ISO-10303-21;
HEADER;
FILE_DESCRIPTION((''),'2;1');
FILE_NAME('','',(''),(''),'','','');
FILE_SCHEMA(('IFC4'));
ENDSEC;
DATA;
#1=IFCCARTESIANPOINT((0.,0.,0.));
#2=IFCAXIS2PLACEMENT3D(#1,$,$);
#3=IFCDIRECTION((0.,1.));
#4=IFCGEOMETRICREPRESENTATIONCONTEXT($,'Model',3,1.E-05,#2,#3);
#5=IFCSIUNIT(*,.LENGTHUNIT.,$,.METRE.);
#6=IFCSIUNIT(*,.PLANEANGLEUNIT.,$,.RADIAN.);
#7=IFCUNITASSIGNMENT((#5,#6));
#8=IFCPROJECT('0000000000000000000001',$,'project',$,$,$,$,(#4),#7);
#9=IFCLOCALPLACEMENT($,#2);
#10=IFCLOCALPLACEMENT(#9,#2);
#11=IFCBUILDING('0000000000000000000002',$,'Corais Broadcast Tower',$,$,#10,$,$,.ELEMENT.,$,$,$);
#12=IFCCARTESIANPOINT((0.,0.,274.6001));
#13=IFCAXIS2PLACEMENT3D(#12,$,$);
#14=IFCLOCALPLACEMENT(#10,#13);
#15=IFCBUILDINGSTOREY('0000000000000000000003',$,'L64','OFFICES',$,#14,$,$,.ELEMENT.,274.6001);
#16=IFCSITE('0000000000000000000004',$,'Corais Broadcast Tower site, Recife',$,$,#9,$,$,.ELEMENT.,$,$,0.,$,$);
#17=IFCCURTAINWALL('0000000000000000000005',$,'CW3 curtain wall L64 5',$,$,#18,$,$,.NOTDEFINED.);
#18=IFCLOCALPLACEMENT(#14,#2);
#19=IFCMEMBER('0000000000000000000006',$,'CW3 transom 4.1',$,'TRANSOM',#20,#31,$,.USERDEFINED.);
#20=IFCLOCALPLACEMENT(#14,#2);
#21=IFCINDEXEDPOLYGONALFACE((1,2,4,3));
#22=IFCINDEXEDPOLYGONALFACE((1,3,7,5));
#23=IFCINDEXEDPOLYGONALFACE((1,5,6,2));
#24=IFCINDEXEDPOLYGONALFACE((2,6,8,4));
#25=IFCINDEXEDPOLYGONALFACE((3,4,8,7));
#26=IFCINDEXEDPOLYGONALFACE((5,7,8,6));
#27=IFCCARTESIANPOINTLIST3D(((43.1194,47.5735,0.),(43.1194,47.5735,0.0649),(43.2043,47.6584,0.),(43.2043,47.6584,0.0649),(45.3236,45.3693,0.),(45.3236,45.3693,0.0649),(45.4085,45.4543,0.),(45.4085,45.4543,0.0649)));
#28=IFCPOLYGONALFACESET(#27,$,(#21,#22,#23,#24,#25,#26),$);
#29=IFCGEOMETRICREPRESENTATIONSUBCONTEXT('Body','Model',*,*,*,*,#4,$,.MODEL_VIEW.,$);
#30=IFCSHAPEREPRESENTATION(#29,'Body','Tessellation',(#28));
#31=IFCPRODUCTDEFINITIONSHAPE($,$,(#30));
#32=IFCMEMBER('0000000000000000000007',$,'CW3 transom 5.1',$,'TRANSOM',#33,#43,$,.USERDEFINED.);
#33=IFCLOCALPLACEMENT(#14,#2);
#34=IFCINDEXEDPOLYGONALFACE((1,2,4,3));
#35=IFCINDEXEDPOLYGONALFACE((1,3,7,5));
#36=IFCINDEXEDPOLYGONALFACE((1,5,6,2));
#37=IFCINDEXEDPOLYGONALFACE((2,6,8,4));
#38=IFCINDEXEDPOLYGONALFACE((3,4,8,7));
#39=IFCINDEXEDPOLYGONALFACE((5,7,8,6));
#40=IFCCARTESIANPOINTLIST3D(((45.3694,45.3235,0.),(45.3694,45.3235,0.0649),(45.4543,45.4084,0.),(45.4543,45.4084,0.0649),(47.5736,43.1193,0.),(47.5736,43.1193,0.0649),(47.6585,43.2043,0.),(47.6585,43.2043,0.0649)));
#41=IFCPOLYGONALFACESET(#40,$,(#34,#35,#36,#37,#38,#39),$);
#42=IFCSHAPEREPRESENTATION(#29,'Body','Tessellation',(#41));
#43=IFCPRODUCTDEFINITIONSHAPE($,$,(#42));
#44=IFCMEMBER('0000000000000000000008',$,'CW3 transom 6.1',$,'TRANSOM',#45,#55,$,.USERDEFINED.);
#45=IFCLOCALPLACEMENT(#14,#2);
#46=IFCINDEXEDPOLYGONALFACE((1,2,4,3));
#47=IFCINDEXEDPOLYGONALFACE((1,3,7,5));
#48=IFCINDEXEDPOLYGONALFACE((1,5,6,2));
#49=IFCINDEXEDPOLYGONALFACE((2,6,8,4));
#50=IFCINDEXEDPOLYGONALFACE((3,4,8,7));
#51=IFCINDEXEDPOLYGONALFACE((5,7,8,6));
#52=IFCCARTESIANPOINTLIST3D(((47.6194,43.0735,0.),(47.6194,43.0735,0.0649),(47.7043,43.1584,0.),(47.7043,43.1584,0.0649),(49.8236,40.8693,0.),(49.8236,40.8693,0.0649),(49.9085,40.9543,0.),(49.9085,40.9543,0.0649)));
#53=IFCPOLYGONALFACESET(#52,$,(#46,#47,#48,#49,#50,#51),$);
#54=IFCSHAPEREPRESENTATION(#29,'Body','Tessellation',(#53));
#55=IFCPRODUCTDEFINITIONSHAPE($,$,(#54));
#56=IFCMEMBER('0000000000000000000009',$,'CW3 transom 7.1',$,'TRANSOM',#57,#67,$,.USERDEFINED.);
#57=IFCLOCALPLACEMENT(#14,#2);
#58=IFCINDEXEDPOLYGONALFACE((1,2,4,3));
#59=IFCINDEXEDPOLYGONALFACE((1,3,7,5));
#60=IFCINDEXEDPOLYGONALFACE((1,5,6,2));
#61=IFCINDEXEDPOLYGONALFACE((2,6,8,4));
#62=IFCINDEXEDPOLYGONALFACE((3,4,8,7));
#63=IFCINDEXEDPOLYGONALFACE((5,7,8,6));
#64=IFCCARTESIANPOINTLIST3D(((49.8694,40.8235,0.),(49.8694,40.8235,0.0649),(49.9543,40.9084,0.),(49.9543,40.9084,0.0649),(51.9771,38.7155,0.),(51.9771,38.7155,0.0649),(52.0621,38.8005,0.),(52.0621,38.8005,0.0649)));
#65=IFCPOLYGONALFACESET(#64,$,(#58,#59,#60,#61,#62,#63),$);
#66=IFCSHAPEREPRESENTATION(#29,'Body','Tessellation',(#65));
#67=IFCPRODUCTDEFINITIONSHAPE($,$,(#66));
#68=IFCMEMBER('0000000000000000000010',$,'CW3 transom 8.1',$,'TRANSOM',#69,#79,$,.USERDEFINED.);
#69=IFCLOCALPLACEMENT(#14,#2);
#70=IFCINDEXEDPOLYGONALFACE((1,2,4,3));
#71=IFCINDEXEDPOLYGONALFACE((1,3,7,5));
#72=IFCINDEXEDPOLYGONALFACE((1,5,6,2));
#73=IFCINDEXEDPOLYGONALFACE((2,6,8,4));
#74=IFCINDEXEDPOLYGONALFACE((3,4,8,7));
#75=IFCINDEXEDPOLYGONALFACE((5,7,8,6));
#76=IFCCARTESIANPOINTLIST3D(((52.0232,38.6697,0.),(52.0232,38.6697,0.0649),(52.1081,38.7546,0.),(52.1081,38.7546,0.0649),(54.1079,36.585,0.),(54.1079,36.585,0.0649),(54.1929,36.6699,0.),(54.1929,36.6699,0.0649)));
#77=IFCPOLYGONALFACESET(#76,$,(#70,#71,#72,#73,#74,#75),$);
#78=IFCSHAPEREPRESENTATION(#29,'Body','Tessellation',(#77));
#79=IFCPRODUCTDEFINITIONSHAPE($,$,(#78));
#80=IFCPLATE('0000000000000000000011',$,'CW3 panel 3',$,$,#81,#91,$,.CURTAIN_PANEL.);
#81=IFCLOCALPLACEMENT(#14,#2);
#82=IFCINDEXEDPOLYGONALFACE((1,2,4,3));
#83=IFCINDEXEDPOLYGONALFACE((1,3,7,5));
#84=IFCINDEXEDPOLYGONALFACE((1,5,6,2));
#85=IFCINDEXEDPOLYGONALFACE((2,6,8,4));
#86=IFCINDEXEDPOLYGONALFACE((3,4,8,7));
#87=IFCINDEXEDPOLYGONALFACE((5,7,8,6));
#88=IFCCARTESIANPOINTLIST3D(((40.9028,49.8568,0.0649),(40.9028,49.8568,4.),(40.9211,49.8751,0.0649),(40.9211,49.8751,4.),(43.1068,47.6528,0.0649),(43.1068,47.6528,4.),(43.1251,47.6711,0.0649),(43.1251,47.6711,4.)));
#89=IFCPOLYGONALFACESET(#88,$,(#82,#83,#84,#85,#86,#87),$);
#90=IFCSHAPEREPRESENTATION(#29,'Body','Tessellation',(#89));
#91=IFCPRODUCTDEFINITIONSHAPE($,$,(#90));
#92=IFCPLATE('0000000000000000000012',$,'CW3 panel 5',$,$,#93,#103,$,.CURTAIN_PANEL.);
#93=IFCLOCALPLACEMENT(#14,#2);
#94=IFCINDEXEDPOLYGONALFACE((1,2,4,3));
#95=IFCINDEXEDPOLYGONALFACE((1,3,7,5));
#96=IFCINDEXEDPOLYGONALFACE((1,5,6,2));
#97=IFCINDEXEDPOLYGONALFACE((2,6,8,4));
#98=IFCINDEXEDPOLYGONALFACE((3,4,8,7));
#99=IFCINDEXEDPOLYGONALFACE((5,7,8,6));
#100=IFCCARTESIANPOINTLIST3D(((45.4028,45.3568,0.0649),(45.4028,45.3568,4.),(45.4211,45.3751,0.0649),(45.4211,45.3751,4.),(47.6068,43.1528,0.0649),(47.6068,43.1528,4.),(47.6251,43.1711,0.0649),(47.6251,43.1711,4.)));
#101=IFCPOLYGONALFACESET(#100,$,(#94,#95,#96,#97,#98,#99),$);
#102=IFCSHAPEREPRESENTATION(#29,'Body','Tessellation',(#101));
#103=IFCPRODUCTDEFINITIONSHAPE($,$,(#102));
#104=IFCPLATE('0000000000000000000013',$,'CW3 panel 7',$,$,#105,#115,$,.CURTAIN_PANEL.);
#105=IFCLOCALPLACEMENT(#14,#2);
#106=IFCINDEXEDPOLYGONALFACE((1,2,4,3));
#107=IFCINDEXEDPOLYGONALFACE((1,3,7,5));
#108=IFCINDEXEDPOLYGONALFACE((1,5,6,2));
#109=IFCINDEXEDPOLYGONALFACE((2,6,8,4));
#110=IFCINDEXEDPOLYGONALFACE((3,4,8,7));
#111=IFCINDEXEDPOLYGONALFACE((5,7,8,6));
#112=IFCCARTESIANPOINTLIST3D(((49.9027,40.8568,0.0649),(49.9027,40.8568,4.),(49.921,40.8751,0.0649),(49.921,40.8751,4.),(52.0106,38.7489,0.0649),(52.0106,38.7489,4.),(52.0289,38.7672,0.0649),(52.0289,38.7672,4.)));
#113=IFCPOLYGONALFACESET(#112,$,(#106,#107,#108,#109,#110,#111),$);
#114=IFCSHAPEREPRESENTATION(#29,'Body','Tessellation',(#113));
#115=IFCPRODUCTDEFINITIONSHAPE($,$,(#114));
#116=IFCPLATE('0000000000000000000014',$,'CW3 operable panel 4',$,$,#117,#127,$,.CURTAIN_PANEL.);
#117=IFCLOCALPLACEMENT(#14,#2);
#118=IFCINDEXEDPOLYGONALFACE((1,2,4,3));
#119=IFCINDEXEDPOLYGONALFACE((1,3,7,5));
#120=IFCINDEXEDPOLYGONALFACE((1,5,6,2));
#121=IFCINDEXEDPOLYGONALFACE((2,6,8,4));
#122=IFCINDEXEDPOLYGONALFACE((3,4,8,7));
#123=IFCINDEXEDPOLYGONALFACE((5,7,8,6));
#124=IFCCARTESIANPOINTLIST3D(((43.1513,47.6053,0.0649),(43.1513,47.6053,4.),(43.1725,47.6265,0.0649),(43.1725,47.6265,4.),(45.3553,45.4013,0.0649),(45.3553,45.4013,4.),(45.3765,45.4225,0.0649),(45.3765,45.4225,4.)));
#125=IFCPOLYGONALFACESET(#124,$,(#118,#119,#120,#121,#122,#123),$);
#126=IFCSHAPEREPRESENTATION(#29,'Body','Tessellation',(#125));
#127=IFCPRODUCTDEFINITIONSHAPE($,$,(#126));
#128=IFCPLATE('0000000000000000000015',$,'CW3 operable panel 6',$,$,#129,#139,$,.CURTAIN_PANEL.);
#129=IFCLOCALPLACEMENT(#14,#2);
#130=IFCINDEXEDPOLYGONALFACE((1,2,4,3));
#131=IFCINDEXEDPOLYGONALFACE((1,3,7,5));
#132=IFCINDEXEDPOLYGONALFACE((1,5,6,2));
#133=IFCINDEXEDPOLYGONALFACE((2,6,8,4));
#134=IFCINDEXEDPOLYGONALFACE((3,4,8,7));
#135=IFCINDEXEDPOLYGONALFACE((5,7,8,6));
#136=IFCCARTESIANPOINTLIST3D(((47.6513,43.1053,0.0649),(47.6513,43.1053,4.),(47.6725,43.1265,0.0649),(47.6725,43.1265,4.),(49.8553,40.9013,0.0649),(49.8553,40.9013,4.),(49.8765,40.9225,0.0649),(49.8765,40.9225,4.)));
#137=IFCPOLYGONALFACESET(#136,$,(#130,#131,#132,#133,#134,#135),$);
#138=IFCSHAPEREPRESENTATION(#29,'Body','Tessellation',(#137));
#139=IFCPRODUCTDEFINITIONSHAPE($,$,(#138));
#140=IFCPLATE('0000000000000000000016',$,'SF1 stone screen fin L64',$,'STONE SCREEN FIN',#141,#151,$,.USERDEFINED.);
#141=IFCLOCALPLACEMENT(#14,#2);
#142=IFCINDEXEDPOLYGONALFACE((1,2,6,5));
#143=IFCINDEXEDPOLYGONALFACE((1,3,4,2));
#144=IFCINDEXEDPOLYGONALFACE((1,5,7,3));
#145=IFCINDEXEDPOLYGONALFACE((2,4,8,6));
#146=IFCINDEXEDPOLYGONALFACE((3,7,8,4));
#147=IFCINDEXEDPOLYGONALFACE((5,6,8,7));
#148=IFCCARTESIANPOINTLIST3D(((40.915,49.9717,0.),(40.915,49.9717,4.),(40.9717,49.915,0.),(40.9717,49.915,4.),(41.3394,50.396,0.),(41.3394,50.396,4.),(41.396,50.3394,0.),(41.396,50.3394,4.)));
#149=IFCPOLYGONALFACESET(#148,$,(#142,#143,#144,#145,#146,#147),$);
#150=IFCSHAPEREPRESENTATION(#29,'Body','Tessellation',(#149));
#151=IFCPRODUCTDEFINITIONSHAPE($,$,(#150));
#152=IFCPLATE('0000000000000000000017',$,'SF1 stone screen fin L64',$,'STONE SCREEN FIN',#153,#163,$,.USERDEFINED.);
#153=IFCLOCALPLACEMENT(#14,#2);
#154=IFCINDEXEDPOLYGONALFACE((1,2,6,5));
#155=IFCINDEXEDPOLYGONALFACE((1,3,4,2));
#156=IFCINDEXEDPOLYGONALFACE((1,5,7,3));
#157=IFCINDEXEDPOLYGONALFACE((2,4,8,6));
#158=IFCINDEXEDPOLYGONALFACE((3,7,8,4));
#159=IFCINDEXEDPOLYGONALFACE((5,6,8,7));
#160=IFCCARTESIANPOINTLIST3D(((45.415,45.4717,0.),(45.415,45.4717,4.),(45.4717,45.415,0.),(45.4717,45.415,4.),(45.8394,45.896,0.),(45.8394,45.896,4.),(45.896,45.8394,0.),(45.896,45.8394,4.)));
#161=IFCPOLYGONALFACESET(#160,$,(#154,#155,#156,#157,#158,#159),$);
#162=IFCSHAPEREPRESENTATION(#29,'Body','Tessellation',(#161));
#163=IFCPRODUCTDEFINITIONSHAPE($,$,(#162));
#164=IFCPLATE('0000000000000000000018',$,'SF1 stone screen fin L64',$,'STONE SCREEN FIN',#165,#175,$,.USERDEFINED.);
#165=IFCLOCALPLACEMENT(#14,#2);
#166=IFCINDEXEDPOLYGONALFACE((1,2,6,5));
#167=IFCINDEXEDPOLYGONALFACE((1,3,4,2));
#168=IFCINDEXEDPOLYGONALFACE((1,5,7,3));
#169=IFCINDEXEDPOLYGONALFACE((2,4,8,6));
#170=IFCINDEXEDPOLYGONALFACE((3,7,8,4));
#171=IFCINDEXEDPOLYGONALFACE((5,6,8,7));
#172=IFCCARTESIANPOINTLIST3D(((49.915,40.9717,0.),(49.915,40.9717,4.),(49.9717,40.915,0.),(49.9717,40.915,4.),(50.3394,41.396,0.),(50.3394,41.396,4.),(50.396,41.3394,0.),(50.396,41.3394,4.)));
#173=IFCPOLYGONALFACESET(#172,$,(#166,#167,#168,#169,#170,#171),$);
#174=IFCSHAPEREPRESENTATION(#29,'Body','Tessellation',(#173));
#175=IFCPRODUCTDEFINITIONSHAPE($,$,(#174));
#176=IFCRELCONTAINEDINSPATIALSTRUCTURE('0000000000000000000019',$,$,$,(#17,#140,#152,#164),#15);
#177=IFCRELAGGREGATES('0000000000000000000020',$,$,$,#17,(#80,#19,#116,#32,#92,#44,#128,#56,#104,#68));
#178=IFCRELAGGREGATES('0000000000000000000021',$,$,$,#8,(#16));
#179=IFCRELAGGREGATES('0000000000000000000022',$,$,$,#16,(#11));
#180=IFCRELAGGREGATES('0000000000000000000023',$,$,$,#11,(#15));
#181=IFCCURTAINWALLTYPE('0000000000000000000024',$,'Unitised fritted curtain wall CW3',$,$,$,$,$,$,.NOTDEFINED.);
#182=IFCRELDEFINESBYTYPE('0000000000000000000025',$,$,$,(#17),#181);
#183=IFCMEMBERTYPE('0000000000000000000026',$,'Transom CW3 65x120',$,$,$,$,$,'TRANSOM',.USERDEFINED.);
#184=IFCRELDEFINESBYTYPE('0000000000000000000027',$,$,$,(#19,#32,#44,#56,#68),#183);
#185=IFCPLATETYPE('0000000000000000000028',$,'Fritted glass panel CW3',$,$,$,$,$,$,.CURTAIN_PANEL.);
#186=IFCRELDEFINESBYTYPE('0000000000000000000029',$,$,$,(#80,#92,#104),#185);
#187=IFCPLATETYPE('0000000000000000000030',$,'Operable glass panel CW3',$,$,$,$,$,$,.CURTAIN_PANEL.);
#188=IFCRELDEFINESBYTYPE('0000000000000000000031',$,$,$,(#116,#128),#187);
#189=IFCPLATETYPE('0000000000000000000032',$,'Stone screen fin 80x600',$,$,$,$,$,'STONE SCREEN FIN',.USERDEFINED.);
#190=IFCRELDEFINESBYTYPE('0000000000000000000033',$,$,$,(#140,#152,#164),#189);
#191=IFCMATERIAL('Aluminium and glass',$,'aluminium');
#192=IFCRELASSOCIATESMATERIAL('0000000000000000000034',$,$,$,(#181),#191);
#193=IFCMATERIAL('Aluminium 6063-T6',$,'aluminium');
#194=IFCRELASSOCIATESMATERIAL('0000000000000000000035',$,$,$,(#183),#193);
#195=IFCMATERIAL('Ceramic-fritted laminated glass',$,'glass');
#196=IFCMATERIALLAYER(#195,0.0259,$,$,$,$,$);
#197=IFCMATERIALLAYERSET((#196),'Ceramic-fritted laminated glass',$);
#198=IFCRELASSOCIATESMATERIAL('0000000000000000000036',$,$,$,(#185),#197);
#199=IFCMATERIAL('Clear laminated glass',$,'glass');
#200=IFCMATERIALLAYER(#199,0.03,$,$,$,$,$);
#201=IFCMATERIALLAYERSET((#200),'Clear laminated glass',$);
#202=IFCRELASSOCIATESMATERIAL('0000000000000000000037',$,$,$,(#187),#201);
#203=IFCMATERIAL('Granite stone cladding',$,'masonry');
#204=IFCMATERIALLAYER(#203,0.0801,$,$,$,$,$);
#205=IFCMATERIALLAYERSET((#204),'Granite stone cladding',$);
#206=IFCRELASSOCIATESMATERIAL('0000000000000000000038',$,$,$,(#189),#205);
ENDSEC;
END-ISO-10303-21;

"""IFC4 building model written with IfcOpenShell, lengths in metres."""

from ifc_helpers import new_model, si_unit, direction, frame, origin, origin_2d, place, context, subcontext, project, spatial, rectangle, extrude, material, layer, layer_set, material_profile, profile_set, type_object, element, aggregate, save


model = new_model("IFC4")

# Units and contexts
model_context = context("Model", 3, precision=1e-05, world=origin(), true_north=direction((0.0, 1.0)))
body_context = subcontext(model_context, "Body", "Model", "MODEL_VIEW")
ifc_project = project(units=[si_unit("LENGTHUNIT", "METRE"), si_unit("PLANEANGLEUNIT", "RADIAN")], contexts=[model_context])

# Site, building, storey
site_placement = place(None, origin())
site = spatial("IfcSite", under=ifc_project, at=site_placement, Name="Corais Broadcast Tower site, Recife", CompositionType="ELEMENT", RefElevation=0.0)
building_placement = place(site_placement, origin())
building = spatial("IfcBuilding", under=site, at=building_placement, Name="Corais Broadcast Tower", CompositionType="ELEMENT")
storey_placement = place(building_placement, frame((0.0, 0.0, 274.6001)))
storey = spatial("IfcBuildingStorey", under=building, at=storey_placement, Name="L64", Description="OFFICES", CompositionType="ELEMENT", Elevation=274.6001)

# Curtain wall
ifc_material_1 = material(Name="Aluminium and glass", Category="aluminium")
curtain_wall_type = type_object("IfcCurtainWallType", Name="Unitised fritted curtain wall CW3", PredefinedType="NOTDEFINED", material=ifc_material_1)
curtain_wall_placement = place(storey_placement, origin())
curtain_wall = element("IfcCurtainWall", 1, at=curtain_wall_placement, inside=storey, type_object=curtain_wall_type, Name="CW3 curtain wall L64 5", PredefinedType="NOTDEFINED")

# Members
ifc_material_2 = material(Name="Aluminium 6063-T6", Category="aluminium")
ifc_material_profile_1 = material_profile(ifc_material_2, rectangle(XDim=0.1201, YDim=0.0649, at=origin_2d()), Name="Transom CW3 65x120")
ifc_profile_set_1 = profile_set([ifc_material_profile_1], Name="Aluminium 6063-T6")
member_type_1 = type_object("IfcMemberType", Name="Transom CW3 65x120", ElementType="TRANSOM", PredefinedType="USERDEFINED", material=ifc_profile_set_1)
member_1_placement = place(storey_placement, frame((43.1619, 47.616, 0.0325), z_axis=(0.707107, -0.707107, 0.0), x_axis=(0.707107, 0.707107, 0.0)))
member_1 = element("IfcMember", 2, at=member_1_placement, type_object=member_type_1, Name="CW3 transom 4.1", ObjectType="TRANSOM", PredefinedType="USERDEFINED", context=body_context, shape_type="SweptSolid", body=[
    extrude(rectangle(XDim=0.1201, YDim=0.0649, at=origin_2d()), origin(), (0.0, 0.0, 1.0), 3.1172),
])
member_2_placement = place(storey_placement, frame((45.4119, 45.366, 0.0325), z_axis=(0.707107, -0.707107, 0.0), x_axis=(0.707107, 0.707107, 0.0)))
member_2 = element("IfcMember", 3, at=member_2_placement, type_object=member_type_1, Name="CW3 transom 5.1", ObjectType="TRANSOM", PredefinedType="USERDEFINED", context=body_context, shape_type="SweptSolid", body=[
    extrude(rectangle(XDim=0.1201, YDim=0.0649, at=origin_2d()), origin(), (0.0, 0.0, 1.0), 3.1172),
])
member_3_placement = place(storey_placement, frame((47.6619, 43.116, 0.0325), z_axis=(0.707107, -0.707107, 0.0), x_axis=(0.707107, 0.707107, 0.0)))
member_3 = element("IfcMember", 4, at=member_3_placement, type_object=member_type_1, Name="CW3 transom 6.1", ObjectType="TRANSOM", PredefinedType="USERDEFINED", context=body_context, shape_type="SweptSolid", body=[
    extrude(rectangle(XDim=0.1201, YDim=0.0649, at=origin_2d()), origin(), (0.0, 0.0, 1.0), 3.1172),
])
member_4_placement = place(storey_placement, frame((49.9119, 40.866, 0.0325), z_axis=(0.707066, -0.707148, 0.0), x_axis=(0.707148, 0.707066, 0.0)))
member_4 = element("IfcMember", 5, at=member_4_placement, type_object=member_type_1, Name="CW3 transom 7.1", ObjectType="TRANSOM", PredefinedType="USERDEFINED", context=body_context, shape_type="SweptSolid", body=[
    extrude(rectangle(XDim=0.1201, YDim=0.0649, at=origin_2d()), origin(), (0.0, 0.0, 1.0), 2.981),
])
member_5_placement = place(storey_placement, frame((52.0657, 38.7122, 0.0325), z_axis=(0.707107, -0.707107, 0.0), x_axis=(0.707107, 0.707107, 0.0)))
member_5 = element("IfcMember", 6, at=member_5_placement, type_object=member_type_1, Name="CW3 transom 8.1", ObjectType="TRANSOM", PredefinedType="USERDEFINED", context=body_context, shape_type="SweptSolid", body=[
    extrude(rectangle(XDim=0.1201, YDim=0.0649, at=origin_2d()), origin(), (0.0, 0.0, 1.0), 2.9482),
])

# Plates
ifc_material_3 = material(Name="Ceramic-fritted laminated glass", Category="glass")
ifc_layer_1 = layer(ifc_material_3, 0.0259)
ifc_layer_set_1 = layer_set([ifc_layer_1], Name="Ceramic-fritted laminated glass")
plate_type_1 = type_object("IfcPlateType", Name="Fritted glass panel CW3", PredefinedType="CURTAIN_PANEL", material=ifc_layer_set_1)
plate_1_placement = place(storey_placement, frame((42.0139, 48.7639, 0.0649), z_axis=(0.0, 0.0, 1.0), x_axis=(0.707107, -0.707107, 0.0)))
plate_1 = element("IfcPlate", 7, at=plate_1_placement, type_object=plate_type_1, Name="CW3 panel 3", PredefinedType="CURTAIN_PANEL", context=body_context, shape_type="SweptSolid", body=[
    extrude(rectangle(XDim=3.1169, YDim=0.0259, at=origin_2d()), origin(), (0.0, 0.0, 1.0), 3.9351),
])
plate_2_placement = place(storey_placement, frame((46.5139, 44.2639, 0.0649), z_axis=(0.0, 0.0, 1.0), x_axis=(0.707107, -0.707107, 0.0)))
plate_2 = element("IfcPlate", 8, at=plate_2_placement, type_object=plate_type_1, Name="CW3 panel 5", PredefinedType="CURTAIN_PANEL", context=body_context, shape_type="SweptSolid", body=[
    extrude(rectangle(XDim=3.1169, YDim=0.0259, at=origin_2d()), origin(), (0.0, 0.0, 1.0), 3.9351),
])
plate_3_placement = place(storey_placement, frame((50.9658, 39.812, 0.0649), z_axis=(0.0, 0.0, 1.0), x_axis=(0.707107, -0.707107, 0.0)))
plate_3 = element("IfcPlate", 9, at=plate_3_placement, type_object=plate_type_1, Name="CW3 panel 7", PredefinedType="CURTAIN_PANEL", context=body_context, shape_type="SweptSolid", body=[
    extrude(rectangle(XDim=2.981, YDim=0.0259, at=origin_2d()), origin(), (0.0, 0.0, 1.0), 3.9351),
])
ifc_material_4 = material(Name="Clear laminated glass", Category="glass")
ifc_layer_2 = layer(ifc_material_4, 0.03)
ifc_layer_set_2 = layer_set([ifc_layer_2], Name="Clear laminated glass")
plate_type_2 = type_object("IfcPlateType", Name="Operable glass panel CW3", PredefinedType="CURTAIN_PANEL", material=ifc_layer_set_2)
plate_4_placement = place(storey_placement, frame((44.2639, 46.5139, 0.0649), z_axis=(0.0, 0.0, 1.0), x_axis=(0.707107, -0.707107, 0.0)))
plate_4 = element("IfcPlate", 10, at=plate_4_placement, type_object=plate_type_2, Name="CW3 operable panel 4", PredefinedType="CURTAIN_PANEL", context=body_context, shape_type="SweptSolid", body=[
    extrude(rectangle(XDim=3.1169, YDim=0.03, at=origin_2d()), origin(), (0.0, 0.0, 1.0), 3.9351),
])
plate_5_placement = place(storey_placement, frame((48.7639, 42.0139, 0.0649), z_axis=(0.0, 0.0, 1.0), x_axis=(0.707107, -0.707107, 0.0)))
plate_5 = element("IfcPlate", 11, at=plate_5_placement, type_object=plate_type_2, Name="CW3 operable panel 6", PredefinedType="CURTAIN_PANEL", context=body_context, shape_type="SweptSolid", body=[
    extrude(rectangle(XDim=3.1169, YDim=0.03, at=origin_2d()), origin(), (0.0, 0.0, 1.0), 3.9351),
])
aggregate(curtain_wall, [plate_1, member_1, plate_4, member_2, plate_2, member_3, plate_5, member_4, plate_3, member_5])

# Plates
ifc_material_5 = material(Name="Granite stone cladding", Category="masonry")
ifc_layer_3 = layer(ifc_material_5, 0.0801)
ifc_layer_set_3 = layer_set([ifc_layer_3], Name="Granite stone cladding")
plate_type_3 = type_object("IfcPlateType", Name="Stone screen fin 80x600", ElementType="STONE SCREEN FIN", PredefinedType="USERDEFINED", material=ifc_layer_set_3)
for number, where, z_axis, x_axis, name in (
    (12, (41.1555, 50.1555, 0.0), (0.0, 0.0, 1.0), (0.707107, -0.707107, 0.0), "SF1 stone screen fin L64"),
    (13, (45.6555, 45.6555, 0.0), (0.0, 0.0, 1.0), (0.707107, -0.707107, 0.0), "SF1 stone screen fin L64"),
    (14, (50.1555, 41.1555, 0.0), (0.0, 0.0, 1.0), (0.707107, -0.707107, 0.0), "SF1 stone screen fin L64"),
):
    element("IfcPlate", number, at=place(storey_placement, frame(where, z_axis=z_axis, x_axis=x_axis)), inside=storey, type_object=plate_type_3, Name=name, ObjectType="STONE SCREEN FIN", PredefinedType="USERDEFINED", context=body_context, shape_type="SweptSolid", body=[
        extrude(rectangle(XDim=0.0801, YDim=0.6001, at=origin_2d()), origin(), (0.0, 0.0, 1.0), 4.0),
    ])

save(model, "model.ifc")
